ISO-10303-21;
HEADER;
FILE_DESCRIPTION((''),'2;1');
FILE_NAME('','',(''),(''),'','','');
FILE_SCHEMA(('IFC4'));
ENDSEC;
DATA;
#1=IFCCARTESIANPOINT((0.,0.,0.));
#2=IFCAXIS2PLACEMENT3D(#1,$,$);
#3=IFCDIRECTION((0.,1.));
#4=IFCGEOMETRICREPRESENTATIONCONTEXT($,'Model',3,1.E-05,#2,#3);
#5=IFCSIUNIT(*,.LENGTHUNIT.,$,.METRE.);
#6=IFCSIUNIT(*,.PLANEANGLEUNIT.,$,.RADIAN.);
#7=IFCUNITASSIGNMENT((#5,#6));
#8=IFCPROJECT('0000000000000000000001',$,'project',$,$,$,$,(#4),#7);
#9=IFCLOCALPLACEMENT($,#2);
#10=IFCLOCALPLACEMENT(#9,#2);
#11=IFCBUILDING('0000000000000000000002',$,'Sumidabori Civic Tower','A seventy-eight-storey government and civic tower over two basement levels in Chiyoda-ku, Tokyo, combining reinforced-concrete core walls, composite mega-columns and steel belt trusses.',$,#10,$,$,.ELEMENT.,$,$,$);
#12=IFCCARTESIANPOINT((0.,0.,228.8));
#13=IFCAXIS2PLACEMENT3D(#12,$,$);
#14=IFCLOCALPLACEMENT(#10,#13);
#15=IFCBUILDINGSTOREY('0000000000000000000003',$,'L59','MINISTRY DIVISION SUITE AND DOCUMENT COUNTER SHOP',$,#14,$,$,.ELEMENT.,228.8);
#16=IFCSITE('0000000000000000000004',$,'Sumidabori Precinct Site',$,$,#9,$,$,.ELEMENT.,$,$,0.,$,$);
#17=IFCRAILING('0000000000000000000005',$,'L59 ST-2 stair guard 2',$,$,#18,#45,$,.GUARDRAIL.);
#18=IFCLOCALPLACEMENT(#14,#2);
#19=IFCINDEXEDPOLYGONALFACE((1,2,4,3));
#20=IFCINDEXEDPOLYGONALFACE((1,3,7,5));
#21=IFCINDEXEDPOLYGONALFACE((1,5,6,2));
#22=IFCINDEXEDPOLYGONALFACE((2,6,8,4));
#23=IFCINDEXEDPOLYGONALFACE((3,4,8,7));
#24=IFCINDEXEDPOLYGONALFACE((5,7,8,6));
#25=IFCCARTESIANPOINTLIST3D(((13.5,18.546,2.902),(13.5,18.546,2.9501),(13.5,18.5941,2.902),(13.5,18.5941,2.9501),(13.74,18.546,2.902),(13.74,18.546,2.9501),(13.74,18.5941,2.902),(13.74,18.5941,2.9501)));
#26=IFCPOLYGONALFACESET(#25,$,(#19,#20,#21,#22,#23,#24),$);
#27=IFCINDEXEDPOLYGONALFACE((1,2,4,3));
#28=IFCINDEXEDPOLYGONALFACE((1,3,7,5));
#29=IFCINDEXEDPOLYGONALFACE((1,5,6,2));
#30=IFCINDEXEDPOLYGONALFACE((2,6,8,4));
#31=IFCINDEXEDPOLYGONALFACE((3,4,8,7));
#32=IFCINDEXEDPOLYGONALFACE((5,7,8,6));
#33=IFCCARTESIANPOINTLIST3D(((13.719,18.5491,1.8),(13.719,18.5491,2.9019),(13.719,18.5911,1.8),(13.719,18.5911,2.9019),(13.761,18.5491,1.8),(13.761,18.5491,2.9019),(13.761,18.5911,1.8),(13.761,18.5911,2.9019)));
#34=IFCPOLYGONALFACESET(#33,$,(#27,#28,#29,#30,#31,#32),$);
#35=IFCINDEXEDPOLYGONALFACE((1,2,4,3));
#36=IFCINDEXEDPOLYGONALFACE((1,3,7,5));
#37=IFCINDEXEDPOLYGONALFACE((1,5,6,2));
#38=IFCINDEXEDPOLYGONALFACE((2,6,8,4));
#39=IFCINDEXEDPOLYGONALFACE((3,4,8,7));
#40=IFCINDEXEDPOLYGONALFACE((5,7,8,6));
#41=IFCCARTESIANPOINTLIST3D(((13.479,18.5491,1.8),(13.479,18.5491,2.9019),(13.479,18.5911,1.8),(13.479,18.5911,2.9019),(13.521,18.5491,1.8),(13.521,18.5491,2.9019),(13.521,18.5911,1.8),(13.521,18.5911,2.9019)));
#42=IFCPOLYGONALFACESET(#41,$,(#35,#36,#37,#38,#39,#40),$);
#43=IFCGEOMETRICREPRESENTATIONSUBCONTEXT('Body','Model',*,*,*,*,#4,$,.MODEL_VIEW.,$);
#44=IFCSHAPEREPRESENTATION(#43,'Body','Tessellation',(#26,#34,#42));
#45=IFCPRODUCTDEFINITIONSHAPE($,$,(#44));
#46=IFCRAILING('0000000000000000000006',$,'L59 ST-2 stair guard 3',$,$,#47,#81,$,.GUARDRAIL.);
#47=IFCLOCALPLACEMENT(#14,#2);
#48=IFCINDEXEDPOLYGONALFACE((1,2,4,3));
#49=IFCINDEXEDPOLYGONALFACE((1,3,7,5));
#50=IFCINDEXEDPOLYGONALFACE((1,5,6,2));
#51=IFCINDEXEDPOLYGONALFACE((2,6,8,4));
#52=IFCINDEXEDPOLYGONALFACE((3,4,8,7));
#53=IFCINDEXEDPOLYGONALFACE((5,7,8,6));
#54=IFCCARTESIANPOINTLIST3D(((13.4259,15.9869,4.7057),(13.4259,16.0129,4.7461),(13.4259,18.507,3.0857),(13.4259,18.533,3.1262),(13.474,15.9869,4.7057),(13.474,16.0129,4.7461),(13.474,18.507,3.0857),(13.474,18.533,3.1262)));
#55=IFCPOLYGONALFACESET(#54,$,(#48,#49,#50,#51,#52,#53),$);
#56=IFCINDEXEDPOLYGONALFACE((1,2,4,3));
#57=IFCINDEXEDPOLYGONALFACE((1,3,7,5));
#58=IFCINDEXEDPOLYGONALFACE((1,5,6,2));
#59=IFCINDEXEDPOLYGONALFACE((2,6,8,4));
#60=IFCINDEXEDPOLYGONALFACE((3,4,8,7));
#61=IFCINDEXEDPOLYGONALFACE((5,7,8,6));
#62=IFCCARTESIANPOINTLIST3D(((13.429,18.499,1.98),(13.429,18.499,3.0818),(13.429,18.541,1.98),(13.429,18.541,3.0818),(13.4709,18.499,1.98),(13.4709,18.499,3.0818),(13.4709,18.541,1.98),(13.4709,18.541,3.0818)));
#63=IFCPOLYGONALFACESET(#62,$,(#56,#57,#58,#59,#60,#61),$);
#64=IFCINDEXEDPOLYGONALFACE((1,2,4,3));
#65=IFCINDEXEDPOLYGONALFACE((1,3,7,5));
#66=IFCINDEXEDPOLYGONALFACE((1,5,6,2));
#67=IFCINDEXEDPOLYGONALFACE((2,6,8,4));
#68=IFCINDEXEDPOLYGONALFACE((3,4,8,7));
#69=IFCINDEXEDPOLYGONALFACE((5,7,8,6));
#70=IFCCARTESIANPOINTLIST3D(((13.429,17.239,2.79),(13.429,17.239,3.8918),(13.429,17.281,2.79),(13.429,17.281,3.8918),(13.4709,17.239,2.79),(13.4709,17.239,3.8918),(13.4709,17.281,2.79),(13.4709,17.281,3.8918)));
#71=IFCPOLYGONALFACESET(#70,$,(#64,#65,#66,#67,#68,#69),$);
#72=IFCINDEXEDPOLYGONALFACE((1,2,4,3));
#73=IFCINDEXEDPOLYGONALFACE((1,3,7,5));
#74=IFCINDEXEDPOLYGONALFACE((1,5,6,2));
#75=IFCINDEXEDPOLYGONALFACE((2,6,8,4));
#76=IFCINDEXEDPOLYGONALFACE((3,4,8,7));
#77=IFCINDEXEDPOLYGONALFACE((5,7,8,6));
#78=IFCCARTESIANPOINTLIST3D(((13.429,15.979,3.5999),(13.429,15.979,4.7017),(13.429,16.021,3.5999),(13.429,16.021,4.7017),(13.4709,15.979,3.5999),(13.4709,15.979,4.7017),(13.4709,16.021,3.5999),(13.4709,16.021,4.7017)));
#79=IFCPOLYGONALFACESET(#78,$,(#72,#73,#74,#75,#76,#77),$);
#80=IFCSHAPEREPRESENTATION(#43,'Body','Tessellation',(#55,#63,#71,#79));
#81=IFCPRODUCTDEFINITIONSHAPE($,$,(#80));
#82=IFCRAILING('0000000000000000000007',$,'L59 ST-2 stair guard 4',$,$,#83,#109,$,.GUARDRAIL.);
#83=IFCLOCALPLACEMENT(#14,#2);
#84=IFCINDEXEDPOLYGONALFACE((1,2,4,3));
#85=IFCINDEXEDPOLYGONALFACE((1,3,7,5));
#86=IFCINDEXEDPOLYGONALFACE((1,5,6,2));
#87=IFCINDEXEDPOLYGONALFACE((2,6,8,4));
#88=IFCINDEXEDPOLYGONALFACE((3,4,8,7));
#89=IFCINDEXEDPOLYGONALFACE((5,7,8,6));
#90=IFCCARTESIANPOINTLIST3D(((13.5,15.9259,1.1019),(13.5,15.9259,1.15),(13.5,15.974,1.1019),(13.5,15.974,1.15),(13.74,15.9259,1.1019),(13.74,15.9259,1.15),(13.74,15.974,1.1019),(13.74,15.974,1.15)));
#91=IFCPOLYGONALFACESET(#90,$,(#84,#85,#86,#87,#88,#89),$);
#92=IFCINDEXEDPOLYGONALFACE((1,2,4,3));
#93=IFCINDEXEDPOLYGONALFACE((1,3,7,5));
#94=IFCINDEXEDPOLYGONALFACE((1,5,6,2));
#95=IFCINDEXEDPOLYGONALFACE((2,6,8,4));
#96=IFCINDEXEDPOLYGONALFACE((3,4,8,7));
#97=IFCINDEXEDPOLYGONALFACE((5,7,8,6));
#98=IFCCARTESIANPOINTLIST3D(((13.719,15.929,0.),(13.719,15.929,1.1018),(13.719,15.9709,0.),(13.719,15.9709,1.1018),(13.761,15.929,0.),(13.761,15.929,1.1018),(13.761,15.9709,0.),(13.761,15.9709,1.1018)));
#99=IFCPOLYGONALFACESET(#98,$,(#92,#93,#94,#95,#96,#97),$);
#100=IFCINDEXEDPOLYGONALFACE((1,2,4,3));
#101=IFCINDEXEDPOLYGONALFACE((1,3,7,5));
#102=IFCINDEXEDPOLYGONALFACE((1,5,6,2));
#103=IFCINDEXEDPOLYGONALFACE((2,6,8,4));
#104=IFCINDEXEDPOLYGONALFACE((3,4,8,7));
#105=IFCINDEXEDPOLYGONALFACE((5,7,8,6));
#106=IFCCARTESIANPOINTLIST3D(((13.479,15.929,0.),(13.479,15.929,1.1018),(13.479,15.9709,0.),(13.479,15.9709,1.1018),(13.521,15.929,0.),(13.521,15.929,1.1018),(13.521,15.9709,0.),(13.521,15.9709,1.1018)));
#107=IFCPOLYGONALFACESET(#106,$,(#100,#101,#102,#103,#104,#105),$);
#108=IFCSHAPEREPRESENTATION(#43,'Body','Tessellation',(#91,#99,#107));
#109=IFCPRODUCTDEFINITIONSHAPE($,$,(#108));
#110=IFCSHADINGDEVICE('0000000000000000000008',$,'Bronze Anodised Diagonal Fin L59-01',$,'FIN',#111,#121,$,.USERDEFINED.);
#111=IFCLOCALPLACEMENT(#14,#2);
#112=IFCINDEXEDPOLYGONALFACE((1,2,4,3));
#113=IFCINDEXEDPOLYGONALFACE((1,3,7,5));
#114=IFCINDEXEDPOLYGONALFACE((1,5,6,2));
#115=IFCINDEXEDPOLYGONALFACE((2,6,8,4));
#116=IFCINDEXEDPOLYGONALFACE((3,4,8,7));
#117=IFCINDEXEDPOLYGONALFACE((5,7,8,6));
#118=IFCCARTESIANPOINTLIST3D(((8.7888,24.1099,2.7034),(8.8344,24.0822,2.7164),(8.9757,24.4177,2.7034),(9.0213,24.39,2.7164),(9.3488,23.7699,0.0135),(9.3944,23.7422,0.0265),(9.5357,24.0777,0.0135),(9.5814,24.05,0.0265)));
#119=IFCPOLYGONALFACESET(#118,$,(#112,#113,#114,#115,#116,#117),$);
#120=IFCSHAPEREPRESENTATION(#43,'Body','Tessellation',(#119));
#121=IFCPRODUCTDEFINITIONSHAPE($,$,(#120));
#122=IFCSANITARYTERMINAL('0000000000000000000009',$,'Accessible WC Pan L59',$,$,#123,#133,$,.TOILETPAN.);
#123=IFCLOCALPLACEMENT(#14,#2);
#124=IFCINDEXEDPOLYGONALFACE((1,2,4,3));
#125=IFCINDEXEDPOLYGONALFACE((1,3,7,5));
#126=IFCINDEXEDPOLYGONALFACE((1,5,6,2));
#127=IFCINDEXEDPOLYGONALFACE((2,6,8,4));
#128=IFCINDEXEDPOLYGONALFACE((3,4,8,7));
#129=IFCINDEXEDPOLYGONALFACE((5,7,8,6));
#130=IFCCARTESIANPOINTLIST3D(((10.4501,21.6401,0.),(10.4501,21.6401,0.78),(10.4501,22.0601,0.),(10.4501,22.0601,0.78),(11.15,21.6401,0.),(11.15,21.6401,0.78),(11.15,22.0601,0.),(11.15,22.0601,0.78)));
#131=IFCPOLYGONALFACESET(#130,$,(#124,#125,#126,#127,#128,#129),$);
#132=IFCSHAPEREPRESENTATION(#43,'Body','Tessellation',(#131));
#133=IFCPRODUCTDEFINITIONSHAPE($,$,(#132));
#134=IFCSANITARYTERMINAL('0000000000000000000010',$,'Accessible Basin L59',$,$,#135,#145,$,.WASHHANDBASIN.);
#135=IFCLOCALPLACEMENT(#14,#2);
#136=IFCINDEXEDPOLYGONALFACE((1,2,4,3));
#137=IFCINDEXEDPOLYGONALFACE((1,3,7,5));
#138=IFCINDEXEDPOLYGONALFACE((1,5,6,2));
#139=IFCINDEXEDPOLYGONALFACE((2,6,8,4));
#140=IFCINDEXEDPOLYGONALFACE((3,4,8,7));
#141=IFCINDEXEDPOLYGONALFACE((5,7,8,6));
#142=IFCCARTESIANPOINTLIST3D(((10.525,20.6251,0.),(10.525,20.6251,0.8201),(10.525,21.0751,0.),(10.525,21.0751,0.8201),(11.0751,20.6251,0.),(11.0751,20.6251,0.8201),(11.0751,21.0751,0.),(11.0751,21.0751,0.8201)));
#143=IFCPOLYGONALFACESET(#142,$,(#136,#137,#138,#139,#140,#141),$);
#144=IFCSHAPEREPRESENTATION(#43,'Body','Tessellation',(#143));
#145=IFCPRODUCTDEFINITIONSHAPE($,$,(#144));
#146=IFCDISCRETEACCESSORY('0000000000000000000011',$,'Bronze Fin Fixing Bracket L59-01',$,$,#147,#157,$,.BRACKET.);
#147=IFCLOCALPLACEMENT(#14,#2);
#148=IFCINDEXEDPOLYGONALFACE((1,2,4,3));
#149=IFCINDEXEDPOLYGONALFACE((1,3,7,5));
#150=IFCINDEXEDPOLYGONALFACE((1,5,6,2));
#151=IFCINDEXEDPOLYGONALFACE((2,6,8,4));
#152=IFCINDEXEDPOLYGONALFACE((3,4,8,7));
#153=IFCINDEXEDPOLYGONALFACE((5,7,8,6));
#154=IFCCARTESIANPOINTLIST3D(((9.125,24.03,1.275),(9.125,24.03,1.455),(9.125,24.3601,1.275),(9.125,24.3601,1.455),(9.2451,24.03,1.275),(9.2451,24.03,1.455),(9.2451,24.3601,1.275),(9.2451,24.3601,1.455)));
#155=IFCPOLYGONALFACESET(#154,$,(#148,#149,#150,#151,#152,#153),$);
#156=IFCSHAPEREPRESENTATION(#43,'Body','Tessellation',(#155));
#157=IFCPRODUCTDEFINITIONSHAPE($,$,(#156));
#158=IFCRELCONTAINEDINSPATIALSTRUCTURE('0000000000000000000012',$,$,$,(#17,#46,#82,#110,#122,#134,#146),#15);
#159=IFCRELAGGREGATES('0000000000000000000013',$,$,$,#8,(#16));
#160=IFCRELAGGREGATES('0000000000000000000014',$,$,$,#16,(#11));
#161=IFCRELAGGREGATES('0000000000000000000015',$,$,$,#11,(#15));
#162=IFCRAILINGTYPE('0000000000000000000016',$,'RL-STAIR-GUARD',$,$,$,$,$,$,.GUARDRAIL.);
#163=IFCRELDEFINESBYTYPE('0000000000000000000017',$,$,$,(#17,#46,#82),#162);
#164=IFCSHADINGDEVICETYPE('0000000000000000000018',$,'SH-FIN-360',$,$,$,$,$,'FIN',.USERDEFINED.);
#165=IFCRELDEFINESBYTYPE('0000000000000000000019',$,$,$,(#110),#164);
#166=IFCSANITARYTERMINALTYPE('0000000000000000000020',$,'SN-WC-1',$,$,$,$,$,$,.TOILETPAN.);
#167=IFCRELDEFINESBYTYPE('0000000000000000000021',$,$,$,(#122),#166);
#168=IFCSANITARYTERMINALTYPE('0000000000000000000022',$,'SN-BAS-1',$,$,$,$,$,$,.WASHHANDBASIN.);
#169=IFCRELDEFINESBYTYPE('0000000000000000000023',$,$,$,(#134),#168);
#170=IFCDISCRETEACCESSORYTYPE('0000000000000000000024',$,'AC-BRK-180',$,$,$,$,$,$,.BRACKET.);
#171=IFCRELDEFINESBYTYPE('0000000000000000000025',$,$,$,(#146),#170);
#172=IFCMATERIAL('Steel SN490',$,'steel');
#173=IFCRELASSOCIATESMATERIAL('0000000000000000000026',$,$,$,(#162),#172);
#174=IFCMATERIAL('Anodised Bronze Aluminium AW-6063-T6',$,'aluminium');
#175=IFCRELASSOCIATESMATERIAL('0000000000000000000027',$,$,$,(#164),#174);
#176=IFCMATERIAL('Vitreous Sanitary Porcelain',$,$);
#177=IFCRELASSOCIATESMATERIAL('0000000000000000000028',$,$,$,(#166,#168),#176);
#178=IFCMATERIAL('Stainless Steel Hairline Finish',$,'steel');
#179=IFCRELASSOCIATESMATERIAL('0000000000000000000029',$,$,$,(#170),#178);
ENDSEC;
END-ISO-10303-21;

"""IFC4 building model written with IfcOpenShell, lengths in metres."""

from ifc_helpers import new_model, si_unit, direction, frame, origin, origin_2d, place, context, subcontext, project, spatial, rectangle, extrude, source, transform, mapped, material, material_profile, profile_set, type_object, element, save


model = new_model("IFC4")

# Units and contexts
model_context = context("Model", 3, precision=1e-05, world=origin(), true_north=direction((0.0, 1.0)))
body_context = subcontext(model_context, "Body", "Model", "MODEL_VIEW")
ifc_project = project(units=[si_unit("LENGTHUNIT", "METRE"), si_unit("PLANEANGLEUNIT", "RADIAN")], contexts=[model_context])

# Site, building, storey
site_placement = place(None, origin())
site = spatial("IfcSite", under=ifc_project, at=site_placement, Name="Sumidabori Precinct Site", CompositionType="ELEMENT", RefElevation=0.0)
building_placement = place(site_placement, origin())
building = spatial("IfcBuilding", under=site, at=building_placement, Name="Sumidabori Civic Tower", Description="A seventy-eight-storey government and civic tower over two basement levels in Chiyoda-ku, Tokyo, combining reinforced-concrete core walls, composite mega-columns and steel belt trusses.", CompositionType="ELEMENT")
storey_placement = place(building_placement, frame((0.0, 0.0, 228.8)))
storey = spatial("IfcBuildingStorey", under=building, at=storey_placement, Name="L59", Description="MINISTRY DIVISION SUITE AND DOCUMENT COUNTER SHOP", CompositionType="ELEMENT", Elevation=228.8)

# Shared definitions
ifc_material_1 = material(Name="Steel SN490", Category="steel")

# Shared definitions
ifc_material_2 = material(Name="Anodised Bronze Aluminium AW-6063-T6", Category="aluminium")

# Railings
ifc_material_3 = material(Name="Stainless Steel Hairline Finish", Category="steel")
railing_type_1 = type_object("IfcRailingType", Name="RL-STAIR-GUARD", PredefinedType="GUARDRAIL", material=ifc_material_1)
railing_1_placement = place(storey_placement, frame((13.74, 18.5701, 1.8)))
element("IfcRailing", 1, at=railing_1_placement, inside=storey, type_object=railing_type_1, Name="L59 ST-2 stair guard 2", PredefinedType="GUARDRAIL", context=body_context, shape_type="SweptSolid", body=[
    extrude(rectangle(XDim=0.0481, YDim=0.0481, at=origin_2d()), frame((0.0, 0.0, 1.126), z_axis=(-1.0, 0.0, 0.0), x_axis=(0.0, -1.0, 0.0)), (0.0, 0.0, 1.0), 0.24),
    extrude(rectangle(XDim=0.042, YDim=0.042, at=origin_2d()), origin(), (0.0, 0.0, 1.0), 1.1018),
    extrude(rectangle(XDim=0.042, YDim=0.042, at=origin_2d()), frame((-0.24, 0.0, 0.0)), (0.0, 0.0, 1.0), 1.1018),
])
railing_2_placement = place(storey_placement, frame((13.45, 18.52, 1.98)))
element("IfcRailing", 2, at=railing_2_placement, inside=storey, type_object=railing_type_1, Name="L59 ST-2 stair guard 3", PredefinedType="GUARDRAIL", context=body_context, shape_type="SweptSolid", body=[
    extrude(rectangle(XDim=0.0481, YDim=0.0481, at=origin_2d()), frame((0.0, 0.0, 1.126), z_axis=(0.0, -0.8412, 0.540725), x_axis=(1.0, 0.0, 0.0)), (0.0, 0.0, 1.0), 2.9958),
    extrude(rectangle(XDim=0.042, YDim=0.042, at=origin_2d()), origin(), (0.0, 0.0, 1.0), 1.1018),
    extrude(rectangle(XDim=0.042, YDim=0.042, at=origin_2d()), frame((0.0, -1.26, 0.8101)), (0.0, 0.0, 1.0), 1.1018),
    extrude(rectangle(XDim=0.042, YDim=0.042, at=origin_2d()), frame((0.0, -2.52, 1.6199)), (0.0, 0.0, 1.0), 1.1018),
])
railing_3_placement = place(storey_placement, frame((13.74, 15.95, 0.0)))
element("IfcRailing", 3, at=railing_3_placement, inside=storey, type_object=railing_type_1, Name="L59 ST-2 stair guard 4", PredefinedType="GUARDRAIL", context=body_context, shape_type="SweptSolid", body=[
    extrude(rectangle(XDim=0.0481, YDim=0.0481, at=origin_2d()), frame((0.0, 0.0, 1.126), z_axis=(-1.0, 0.0, 0.0), x_axis=(0.0, -1.0, 0.0)), (0.0, 0.0, 1.0), 0.24),
    extrude(rectangle(XDim=0.042, YDim=0.042, at=origin_2d()), origin(), (0.0, 0.0, 1.0), 1.1018),
    extrude(rectangle(XDim=0.042, YDim=0.042, at=origin_2d()), frame((-0.24, 0.0, 0.0)), (0.0, 0.0, 1.0), 1.1018),
])

# Shading device
ifc_material_profile_1 = material_profile(ifc_material_2, rectangle(XDim=0.0549, YDim=0.3601, at=origin_2d()), Name="BRONZE FIN 360x55")
ifc_profile_set_1 = profile_set([ifc_material_profile_1], Name="Anodised Bronze Aluminium AW-6063-T6")
shading_device_type = type_object("IfcShadingDeviceType", Name="SH-FIN-360", ElementType="FIN", PredefinedType="USERDEFINED", material=ifc_profile_set_1)
shared_shape_1 = source(origin(), body_context, "Body", "SweptSolid", [
    extrude(rectangle(XDim=0.0549, YDim=0.3601, at=origin_2d()), origin(), (0.0, 0.0, 1.0), 2.7686),
])
shading_device_placement = place(storey_placement, frame((9.4651, 23.9099, 0.02), z_axis=(-0.20229, 0.122838, 0.971591), x_axis=(0.83047, -0.504291, 0.236665)))
element("IfcShadingDevice", 4, at=shading_device_placement, inside=storey, type_object=shading_device_type, Name="Bronze Anodised Diagonal Fin L59-01", ObjectType="FIN", PredefinedType="USERDEFINED", context=body_context, shape_type="MappedRepresentation", body=[
    mapped(shared_shape_1, transform((0.0, 0.0, 0.0), x_axis=(1.0, 0.0, 0.0), y_axis=(0.0, 1.0, 0.0), z_axis=(0.0, 0.0, 1.0), scale=1.0)),
])

# Sanitary terminals
ifc_material_4 = material(Name="Vitreous Sanitary Porcelain")
sanitary_terminal_type_1 = type_object("IfcSanitaryTerminalType", Name="SN-WC-1", PredefinedType="TOILETPAN", material=ifc_material_4)
shared_shape_2 = source(origin(), body_context, "Body", "SweptSolid", [
    extrude(rectangle(XDim=0.7, YDim=0.4199, at=origin_2d()), origin(), (0.0, 0.0, 1.0), 0.78),
])
sanitary_terminal_1_placement = place(storey_placement, frame((10.8, 21.8501, 0.0), z_axis=(0.0, 0.0, 1.0), x_axis=(1.0, 0.0, 0.0)))
element("IfcSanitaryTerminal", 5, at=sanitary_terminal_1_placement, inside=storey, type_object=sanitary_terminal_type_1, Name="Accessible WC Pan L59", PredefinedType="TOILETPAN", context=body_context, shape_type="MappedRepresentation", body=[
    mapped(shared_shape_2, transform((0.0, 0.0, 0.0), x_axis=(1.0, 0.0, 0.0), y_axis=(0.0, 1.0, 0.0), z_axis=(0.0, 0.0, 1.0), scale=1.0)),
])
sanitary_terminal_type_2 = type_object("IfcSanitaryTerminalType", Name="SN-BAS-1", PredefinedType="WASHHANDBASIN", material=ifc_material_4)
shared_shape_3 = source(origin(), body_context, "Body", "SweptSolid", [
    extrude(rectangle(XDim=0.55, YDim=0.45, at=origin_2d()), origin(), (0.0, 0.0, 1.0), 0.8201),
])
sanitary_terminal_2_placement = place(storey_placement, frame((10.8, 20.8501, 0.0), z_axis=(0.0, 0.0, 1.0), x_axis=(1.0, 0.0, 0.0)))
element("IfcSanitaryTerminal", 6, at=sanitary_terminal_2_placement, inside=storey, type_object=sanitary_terminal_type_2, Name="Accessible Basin L59", PredefinedType="WASHHANDBASIN", context=body_context, shape_type="MappedRepresentation", body=[
    mapped(shared_shape_3, transform((0.0, 0.0, 0.0), x_axis=(1.0, 0.0, 0.0), y_axis=(0.0, 1.0, 0.0), z_axis=(0.0, 0.0, 1.0), scale=1.0)),
])

# Discrete accessory
ifc_material_profile_2 = material_profile(ifc_material_3, rectangle(XDim=0.1201, YDim=0.1799, at=origin_2d()), Name="STEEL BRACKET 180x120")
ifc_profile_set_2 = profile_set([ifc_material_profile_2], Name="Stainless Steel Hairline Finish")
discrete_accessory_type = type_object("IfcDiscreteAccessoryType", Name="AC-BRK-180", PredefinedType="BRACKET", material=ifc_profile_set_2)
shared_shape_4 = source(origin(), body_context, "Body", "SweptSolid", [
    extrude(rectangle(XDim=0.1201, YDim=0.1799, at=origin_2d()), origin(), (0.0, 0.0, 1.0), 0.3301),
])
discrete_accessory_placement = place(storey_placement, frame((9.1851, 24.03, 1.365), z_axis=(0.0, 1.0, 0.0), x_axis=(-1.0, 0.0, 0.0)))
element("IfcDiscreteAccessory", 7, at=discrete_accessory_placement, inside=storey, type_object=discrete_accessory_type, Name="Bronze Fin Fixing Bracket L59-01", PredefinedType="BRACKET", context=body_context, shape_type="MappedRepresentation", body=[
    mapped(shared_shape_4, transform((0.0, 0.0, 0.0), x_axis=(1.0, 0.0, 0.0), y_axis=(0.0, 1.0, 0.0), z_axis=(0.0, 0.0, 1.0), scale=1.0)),
])

save(model, "model.ifc")
